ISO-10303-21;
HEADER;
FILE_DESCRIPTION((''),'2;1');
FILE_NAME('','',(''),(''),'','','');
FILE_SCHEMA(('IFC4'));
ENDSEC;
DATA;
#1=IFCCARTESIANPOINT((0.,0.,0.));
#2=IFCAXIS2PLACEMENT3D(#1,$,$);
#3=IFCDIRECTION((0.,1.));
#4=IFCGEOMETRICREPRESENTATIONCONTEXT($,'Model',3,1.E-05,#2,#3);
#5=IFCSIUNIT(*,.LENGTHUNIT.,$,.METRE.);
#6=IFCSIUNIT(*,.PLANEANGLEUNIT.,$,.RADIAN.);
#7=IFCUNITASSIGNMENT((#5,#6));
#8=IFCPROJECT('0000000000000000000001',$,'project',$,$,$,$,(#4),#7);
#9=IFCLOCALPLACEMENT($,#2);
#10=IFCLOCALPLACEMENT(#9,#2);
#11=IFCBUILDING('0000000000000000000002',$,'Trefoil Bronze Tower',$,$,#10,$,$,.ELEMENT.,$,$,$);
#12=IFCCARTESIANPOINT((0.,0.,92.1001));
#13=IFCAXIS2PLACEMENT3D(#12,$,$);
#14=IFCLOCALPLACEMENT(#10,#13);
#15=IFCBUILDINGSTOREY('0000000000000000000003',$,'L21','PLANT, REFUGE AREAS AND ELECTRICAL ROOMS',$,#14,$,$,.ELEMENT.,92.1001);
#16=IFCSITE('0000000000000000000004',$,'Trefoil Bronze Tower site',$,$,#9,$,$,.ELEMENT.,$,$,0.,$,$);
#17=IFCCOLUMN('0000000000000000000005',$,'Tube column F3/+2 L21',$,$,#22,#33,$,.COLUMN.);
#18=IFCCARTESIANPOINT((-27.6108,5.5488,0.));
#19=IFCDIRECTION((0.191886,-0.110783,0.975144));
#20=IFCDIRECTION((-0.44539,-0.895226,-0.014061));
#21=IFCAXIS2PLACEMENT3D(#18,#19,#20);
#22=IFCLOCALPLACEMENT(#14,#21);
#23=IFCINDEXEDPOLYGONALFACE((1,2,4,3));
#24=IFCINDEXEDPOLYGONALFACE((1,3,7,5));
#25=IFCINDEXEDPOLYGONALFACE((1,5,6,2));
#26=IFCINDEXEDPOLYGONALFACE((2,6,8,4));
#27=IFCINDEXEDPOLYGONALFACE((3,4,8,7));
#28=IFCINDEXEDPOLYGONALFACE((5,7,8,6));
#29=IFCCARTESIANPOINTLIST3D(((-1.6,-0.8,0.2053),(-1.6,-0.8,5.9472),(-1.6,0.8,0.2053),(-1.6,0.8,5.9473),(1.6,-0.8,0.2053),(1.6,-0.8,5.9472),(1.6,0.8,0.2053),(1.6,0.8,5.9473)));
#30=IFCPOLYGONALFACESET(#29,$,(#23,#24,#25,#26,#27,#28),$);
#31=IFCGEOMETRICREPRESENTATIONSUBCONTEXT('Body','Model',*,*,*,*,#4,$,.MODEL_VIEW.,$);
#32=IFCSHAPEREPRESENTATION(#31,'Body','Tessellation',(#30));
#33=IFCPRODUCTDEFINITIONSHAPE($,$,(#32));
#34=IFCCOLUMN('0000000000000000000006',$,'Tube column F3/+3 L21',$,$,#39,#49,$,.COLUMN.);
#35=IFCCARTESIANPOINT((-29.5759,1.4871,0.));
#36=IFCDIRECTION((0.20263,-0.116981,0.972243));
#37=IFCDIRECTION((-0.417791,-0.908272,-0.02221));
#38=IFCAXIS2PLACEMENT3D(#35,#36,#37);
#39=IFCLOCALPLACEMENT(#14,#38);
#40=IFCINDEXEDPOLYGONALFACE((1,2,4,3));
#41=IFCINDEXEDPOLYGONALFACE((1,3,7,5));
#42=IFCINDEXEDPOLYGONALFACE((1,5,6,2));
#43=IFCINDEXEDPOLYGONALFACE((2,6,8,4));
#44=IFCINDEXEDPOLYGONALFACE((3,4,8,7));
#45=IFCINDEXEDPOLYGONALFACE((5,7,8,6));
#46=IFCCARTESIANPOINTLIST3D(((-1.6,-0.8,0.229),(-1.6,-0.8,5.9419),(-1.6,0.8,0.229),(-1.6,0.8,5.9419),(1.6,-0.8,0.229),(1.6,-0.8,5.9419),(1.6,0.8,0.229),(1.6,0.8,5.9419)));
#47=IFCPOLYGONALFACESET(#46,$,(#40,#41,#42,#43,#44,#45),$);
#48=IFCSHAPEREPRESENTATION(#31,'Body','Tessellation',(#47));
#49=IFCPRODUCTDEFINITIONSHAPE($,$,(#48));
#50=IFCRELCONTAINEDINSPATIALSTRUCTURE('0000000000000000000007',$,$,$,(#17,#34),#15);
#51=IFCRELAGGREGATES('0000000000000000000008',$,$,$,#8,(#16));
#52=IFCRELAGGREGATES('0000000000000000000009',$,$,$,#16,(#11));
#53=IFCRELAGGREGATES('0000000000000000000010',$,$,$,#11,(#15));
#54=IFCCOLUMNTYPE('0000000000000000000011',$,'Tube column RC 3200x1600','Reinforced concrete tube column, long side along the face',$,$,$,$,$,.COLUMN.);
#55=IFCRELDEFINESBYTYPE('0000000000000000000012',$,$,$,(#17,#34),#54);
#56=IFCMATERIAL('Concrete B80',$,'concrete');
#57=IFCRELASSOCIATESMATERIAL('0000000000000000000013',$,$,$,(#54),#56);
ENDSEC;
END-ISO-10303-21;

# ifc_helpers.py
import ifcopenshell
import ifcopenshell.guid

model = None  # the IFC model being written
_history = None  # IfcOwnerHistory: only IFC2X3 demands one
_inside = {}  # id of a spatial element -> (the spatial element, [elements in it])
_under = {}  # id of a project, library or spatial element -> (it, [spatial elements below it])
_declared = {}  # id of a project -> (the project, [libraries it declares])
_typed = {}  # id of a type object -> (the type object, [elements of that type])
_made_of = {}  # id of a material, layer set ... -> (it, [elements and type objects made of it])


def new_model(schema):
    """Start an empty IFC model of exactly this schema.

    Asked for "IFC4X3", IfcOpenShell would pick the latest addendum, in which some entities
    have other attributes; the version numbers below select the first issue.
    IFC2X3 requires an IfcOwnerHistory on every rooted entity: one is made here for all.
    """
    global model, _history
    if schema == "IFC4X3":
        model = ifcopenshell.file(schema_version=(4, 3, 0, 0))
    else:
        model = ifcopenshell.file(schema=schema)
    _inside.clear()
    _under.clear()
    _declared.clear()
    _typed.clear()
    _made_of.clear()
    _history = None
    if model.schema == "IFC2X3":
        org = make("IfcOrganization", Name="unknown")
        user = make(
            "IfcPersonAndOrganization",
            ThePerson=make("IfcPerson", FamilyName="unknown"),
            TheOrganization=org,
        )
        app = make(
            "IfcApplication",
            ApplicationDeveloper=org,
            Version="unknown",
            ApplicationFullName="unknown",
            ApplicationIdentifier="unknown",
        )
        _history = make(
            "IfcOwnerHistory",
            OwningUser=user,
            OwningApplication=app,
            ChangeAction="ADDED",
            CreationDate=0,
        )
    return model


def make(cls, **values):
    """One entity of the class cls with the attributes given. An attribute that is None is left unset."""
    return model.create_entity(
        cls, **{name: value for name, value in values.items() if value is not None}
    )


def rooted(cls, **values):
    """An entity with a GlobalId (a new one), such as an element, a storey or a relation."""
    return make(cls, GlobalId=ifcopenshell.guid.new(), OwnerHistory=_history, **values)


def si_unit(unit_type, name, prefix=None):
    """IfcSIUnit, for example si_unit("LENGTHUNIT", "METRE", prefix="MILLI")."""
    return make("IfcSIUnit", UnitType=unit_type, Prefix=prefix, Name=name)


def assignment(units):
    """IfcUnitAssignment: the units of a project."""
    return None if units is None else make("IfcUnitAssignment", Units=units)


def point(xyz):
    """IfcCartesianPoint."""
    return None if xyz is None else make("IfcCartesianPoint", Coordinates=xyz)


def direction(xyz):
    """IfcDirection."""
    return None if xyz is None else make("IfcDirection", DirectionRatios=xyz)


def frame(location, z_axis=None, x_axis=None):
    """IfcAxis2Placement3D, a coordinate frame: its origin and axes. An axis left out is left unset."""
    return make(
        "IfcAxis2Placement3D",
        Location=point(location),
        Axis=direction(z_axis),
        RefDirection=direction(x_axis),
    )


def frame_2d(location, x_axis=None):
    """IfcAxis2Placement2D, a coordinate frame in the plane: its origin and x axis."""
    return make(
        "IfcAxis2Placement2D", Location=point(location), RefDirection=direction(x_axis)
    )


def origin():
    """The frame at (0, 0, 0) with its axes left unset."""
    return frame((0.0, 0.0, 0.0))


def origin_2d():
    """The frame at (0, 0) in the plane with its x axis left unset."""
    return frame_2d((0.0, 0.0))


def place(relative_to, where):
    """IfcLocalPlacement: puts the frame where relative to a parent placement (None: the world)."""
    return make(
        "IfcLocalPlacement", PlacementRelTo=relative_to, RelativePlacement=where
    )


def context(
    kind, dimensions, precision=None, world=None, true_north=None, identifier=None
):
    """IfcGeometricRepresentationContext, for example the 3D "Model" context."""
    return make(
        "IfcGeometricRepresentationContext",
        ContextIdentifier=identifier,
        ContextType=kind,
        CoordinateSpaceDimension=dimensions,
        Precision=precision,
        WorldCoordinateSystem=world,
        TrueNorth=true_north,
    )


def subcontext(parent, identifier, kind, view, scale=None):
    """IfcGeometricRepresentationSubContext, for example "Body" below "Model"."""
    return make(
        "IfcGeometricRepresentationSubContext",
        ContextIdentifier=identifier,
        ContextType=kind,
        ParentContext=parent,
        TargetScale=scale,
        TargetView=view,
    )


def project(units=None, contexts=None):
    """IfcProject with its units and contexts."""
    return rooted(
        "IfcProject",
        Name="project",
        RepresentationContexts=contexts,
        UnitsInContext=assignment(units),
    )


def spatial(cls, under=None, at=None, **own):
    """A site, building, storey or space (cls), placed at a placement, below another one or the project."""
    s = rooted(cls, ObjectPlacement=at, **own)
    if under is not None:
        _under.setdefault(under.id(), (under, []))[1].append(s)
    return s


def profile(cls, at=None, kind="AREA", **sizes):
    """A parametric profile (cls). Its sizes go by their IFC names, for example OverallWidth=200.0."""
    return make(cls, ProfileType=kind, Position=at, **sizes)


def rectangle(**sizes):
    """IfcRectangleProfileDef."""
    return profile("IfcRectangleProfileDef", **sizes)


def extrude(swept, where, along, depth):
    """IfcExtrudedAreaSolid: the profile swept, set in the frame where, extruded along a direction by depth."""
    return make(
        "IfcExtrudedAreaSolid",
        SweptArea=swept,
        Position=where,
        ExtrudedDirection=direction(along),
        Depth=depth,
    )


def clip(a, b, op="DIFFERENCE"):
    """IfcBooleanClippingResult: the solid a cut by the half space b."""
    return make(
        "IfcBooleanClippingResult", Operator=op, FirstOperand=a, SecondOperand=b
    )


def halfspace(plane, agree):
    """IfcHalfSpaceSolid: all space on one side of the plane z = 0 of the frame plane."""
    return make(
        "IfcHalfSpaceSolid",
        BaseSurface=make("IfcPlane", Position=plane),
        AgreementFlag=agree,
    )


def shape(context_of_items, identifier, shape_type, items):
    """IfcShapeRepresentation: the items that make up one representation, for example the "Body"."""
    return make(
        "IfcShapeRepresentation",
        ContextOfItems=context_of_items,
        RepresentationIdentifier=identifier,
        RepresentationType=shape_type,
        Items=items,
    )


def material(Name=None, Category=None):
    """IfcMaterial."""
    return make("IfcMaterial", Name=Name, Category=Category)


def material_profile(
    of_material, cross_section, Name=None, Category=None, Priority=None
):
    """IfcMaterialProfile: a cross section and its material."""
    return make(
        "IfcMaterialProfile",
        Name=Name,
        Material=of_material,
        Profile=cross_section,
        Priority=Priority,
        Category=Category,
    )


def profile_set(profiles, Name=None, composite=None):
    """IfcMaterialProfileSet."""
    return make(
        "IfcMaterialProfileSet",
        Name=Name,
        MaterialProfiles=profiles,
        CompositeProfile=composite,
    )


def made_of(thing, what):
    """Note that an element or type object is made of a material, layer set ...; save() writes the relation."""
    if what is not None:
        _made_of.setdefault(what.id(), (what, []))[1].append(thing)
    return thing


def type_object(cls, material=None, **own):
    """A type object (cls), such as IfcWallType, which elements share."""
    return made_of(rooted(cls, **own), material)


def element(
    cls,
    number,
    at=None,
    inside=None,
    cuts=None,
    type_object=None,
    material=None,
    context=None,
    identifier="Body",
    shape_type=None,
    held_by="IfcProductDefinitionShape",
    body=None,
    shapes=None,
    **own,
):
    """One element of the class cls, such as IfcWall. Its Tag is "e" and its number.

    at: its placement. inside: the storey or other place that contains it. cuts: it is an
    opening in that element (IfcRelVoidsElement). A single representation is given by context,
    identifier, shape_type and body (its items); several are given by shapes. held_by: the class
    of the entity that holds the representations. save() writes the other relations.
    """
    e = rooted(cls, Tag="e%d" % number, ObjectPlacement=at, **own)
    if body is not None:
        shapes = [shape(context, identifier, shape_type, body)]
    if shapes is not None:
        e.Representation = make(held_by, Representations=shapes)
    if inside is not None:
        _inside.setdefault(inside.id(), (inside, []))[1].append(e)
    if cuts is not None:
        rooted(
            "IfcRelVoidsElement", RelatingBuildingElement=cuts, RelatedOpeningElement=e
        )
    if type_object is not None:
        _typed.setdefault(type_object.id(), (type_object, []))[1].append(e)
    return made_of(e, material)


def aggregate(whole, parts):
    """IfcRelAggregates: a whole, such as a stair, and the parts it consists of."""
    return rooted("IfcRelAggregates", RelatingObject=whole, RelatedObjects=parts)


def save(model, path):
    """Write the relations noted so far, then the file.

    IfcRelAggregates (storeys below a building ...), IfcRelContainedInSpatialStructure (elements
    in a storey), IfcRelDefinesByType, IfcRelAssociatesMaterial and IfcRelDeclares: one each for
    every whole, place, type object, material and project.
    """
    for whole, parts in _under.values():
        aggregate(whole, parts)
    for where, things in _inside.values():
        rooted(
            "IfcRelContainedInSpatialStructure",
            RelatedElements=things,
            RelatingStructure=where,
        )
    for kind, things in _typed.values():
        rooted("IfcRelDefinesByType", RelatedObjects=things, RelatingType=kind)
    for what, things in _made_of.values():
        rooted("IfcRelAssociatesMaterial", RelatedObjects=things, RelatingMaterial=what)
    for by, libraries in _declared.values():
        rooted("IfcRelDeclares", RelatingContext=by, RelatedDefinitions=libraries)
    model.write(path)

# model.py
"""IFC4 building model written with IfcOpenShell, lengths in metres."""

from ifc_helpers import new_model, si_unit, direction, frame, origin, origin_2d, place, context, subcontext, project, spatial, rectangle, extrude, clip, halfspace, material, material_profile, profile_set, type_object, element, save


model = new_model("IFC4")

# Units and contexts
model_context = context("Model", 3, precision=1e-05, world=origin(), true_north=direction((0.0, 1.0)))
body_context = subcontext(model_context, "Body", "Model", "MODEL_VIEW")
ifc_project = project(units=[si_unit("LENGTHUNIT", "METRE"), si_unit("PLANEANGLEUNIT", "RADIAN")], contexts=[model_context])

# Site, building, storey
site_placement = place(None, origin())
site = spatial("IfcSite", under=ifc_project, at=site_placement, Name="Trefoil Bronze Tower site", CompositionType="ELEMENT", RefElevation=0.0)
building_placement = place(site_placement, origin())
building = spatial("IfcBuilding", under=site, at=building_placement, Name="Trefoil Bronze Tower", CompositionType="ELEMENT")
storey_placement = place(building_placement, frame((0.0, 0.0, 92.1001)))
storey = spatial("IfcBuildingStorey", under=building, at=storey_placement, Name="L21", Description="PLANT, REFUGE AREAS AND ELECTRICAL ROOMS", CompositionType="ELEMENT", Elevation=92.1001)

# Columns
ifc_material_1 = material(Name="Concrete B80", Category="concrete")
ifc_material_profile_1 = material_profile(ifc_material_1, rectangle(XDim=3.2, YDim=1.6001, at=origin_2d()), Name="RC 3200x1600")
ifc_profile_set_1 = profile_set([ifc_material_profile_1], Name="Concrete B80")
column_type = type_object("IfcColumnType", Name="Tube column RC 3200x1600", Description="Reinforced concrete tube column, long side along the face", PredefinedType="COLUMN", material=ifc_profile_set_1)
column_1_placement = place(storey_placement, frame((-27.6108, 5.5488, 0.0), z_axis=(0.191886, -0.110783, 0.975144), x_axis=(-0.44539, -0.895226, -0.014061)))
element("IfcColumn", 1, at=column_1_placement, inside=storey, type_object=column_type, Name="Tube column F3/+2 L21", PredefinedType="COLUMN", context=body_context, shape_type="Clipping", body=[
    clip(clip(extrude(rectangle(XDim=3.2, YDim=1.6001, at=origin_2d()), origin(), (0.0, 0.0, 1.0), 6.1528), halfspace(frame((0.0, 0.0, 0.2053), z_axis=(0.000001, -0.000023, 1.0), x_axis=(0.0, 1.0, 0.000023)), True)), halfspace(frame((0.0, 0.0, 5.9473), z_axis=(-0.000001, 0.000023, -1.0), x_axis=(0.0, -1.0, -0.000023)), True)),
])
column_2_placement = place(storey_placement, frame((-29.5759, 1.4871, 0.0), z_axis=(0.20263, -0.116981, 0.972243), x_axis=(-0.417791, -0.908272, -0.02221)))
element("IfcColumn", 2, at=column_2_placement, inside=storey, type_object=column_type, Name="Tube column F3/+3 L21", PredefinedType="COLUMN", context=body_context, shape_type="Clipping", body=[
    clip(clip(extrude(rectangle(XDim=3.2, YDim=1.6001, at=origin_2d()), origin(), (0.0, 0.0, 1.0), 6.1714), halfspace(frame((-0.0002, 0.0, 0.229), z_axis=(0.000006, -0.000003, 1.0), x_axis=(0.0, 1.0, 0.000003)), True)), halfspace(frame((0.0, 0.0, 5.9419), z_axis=(-0.000006, 0.000003, -1.0), x_axis=(0.0, -1.0, -0.000003)), True)),
])

save(model, "model.ifc")
